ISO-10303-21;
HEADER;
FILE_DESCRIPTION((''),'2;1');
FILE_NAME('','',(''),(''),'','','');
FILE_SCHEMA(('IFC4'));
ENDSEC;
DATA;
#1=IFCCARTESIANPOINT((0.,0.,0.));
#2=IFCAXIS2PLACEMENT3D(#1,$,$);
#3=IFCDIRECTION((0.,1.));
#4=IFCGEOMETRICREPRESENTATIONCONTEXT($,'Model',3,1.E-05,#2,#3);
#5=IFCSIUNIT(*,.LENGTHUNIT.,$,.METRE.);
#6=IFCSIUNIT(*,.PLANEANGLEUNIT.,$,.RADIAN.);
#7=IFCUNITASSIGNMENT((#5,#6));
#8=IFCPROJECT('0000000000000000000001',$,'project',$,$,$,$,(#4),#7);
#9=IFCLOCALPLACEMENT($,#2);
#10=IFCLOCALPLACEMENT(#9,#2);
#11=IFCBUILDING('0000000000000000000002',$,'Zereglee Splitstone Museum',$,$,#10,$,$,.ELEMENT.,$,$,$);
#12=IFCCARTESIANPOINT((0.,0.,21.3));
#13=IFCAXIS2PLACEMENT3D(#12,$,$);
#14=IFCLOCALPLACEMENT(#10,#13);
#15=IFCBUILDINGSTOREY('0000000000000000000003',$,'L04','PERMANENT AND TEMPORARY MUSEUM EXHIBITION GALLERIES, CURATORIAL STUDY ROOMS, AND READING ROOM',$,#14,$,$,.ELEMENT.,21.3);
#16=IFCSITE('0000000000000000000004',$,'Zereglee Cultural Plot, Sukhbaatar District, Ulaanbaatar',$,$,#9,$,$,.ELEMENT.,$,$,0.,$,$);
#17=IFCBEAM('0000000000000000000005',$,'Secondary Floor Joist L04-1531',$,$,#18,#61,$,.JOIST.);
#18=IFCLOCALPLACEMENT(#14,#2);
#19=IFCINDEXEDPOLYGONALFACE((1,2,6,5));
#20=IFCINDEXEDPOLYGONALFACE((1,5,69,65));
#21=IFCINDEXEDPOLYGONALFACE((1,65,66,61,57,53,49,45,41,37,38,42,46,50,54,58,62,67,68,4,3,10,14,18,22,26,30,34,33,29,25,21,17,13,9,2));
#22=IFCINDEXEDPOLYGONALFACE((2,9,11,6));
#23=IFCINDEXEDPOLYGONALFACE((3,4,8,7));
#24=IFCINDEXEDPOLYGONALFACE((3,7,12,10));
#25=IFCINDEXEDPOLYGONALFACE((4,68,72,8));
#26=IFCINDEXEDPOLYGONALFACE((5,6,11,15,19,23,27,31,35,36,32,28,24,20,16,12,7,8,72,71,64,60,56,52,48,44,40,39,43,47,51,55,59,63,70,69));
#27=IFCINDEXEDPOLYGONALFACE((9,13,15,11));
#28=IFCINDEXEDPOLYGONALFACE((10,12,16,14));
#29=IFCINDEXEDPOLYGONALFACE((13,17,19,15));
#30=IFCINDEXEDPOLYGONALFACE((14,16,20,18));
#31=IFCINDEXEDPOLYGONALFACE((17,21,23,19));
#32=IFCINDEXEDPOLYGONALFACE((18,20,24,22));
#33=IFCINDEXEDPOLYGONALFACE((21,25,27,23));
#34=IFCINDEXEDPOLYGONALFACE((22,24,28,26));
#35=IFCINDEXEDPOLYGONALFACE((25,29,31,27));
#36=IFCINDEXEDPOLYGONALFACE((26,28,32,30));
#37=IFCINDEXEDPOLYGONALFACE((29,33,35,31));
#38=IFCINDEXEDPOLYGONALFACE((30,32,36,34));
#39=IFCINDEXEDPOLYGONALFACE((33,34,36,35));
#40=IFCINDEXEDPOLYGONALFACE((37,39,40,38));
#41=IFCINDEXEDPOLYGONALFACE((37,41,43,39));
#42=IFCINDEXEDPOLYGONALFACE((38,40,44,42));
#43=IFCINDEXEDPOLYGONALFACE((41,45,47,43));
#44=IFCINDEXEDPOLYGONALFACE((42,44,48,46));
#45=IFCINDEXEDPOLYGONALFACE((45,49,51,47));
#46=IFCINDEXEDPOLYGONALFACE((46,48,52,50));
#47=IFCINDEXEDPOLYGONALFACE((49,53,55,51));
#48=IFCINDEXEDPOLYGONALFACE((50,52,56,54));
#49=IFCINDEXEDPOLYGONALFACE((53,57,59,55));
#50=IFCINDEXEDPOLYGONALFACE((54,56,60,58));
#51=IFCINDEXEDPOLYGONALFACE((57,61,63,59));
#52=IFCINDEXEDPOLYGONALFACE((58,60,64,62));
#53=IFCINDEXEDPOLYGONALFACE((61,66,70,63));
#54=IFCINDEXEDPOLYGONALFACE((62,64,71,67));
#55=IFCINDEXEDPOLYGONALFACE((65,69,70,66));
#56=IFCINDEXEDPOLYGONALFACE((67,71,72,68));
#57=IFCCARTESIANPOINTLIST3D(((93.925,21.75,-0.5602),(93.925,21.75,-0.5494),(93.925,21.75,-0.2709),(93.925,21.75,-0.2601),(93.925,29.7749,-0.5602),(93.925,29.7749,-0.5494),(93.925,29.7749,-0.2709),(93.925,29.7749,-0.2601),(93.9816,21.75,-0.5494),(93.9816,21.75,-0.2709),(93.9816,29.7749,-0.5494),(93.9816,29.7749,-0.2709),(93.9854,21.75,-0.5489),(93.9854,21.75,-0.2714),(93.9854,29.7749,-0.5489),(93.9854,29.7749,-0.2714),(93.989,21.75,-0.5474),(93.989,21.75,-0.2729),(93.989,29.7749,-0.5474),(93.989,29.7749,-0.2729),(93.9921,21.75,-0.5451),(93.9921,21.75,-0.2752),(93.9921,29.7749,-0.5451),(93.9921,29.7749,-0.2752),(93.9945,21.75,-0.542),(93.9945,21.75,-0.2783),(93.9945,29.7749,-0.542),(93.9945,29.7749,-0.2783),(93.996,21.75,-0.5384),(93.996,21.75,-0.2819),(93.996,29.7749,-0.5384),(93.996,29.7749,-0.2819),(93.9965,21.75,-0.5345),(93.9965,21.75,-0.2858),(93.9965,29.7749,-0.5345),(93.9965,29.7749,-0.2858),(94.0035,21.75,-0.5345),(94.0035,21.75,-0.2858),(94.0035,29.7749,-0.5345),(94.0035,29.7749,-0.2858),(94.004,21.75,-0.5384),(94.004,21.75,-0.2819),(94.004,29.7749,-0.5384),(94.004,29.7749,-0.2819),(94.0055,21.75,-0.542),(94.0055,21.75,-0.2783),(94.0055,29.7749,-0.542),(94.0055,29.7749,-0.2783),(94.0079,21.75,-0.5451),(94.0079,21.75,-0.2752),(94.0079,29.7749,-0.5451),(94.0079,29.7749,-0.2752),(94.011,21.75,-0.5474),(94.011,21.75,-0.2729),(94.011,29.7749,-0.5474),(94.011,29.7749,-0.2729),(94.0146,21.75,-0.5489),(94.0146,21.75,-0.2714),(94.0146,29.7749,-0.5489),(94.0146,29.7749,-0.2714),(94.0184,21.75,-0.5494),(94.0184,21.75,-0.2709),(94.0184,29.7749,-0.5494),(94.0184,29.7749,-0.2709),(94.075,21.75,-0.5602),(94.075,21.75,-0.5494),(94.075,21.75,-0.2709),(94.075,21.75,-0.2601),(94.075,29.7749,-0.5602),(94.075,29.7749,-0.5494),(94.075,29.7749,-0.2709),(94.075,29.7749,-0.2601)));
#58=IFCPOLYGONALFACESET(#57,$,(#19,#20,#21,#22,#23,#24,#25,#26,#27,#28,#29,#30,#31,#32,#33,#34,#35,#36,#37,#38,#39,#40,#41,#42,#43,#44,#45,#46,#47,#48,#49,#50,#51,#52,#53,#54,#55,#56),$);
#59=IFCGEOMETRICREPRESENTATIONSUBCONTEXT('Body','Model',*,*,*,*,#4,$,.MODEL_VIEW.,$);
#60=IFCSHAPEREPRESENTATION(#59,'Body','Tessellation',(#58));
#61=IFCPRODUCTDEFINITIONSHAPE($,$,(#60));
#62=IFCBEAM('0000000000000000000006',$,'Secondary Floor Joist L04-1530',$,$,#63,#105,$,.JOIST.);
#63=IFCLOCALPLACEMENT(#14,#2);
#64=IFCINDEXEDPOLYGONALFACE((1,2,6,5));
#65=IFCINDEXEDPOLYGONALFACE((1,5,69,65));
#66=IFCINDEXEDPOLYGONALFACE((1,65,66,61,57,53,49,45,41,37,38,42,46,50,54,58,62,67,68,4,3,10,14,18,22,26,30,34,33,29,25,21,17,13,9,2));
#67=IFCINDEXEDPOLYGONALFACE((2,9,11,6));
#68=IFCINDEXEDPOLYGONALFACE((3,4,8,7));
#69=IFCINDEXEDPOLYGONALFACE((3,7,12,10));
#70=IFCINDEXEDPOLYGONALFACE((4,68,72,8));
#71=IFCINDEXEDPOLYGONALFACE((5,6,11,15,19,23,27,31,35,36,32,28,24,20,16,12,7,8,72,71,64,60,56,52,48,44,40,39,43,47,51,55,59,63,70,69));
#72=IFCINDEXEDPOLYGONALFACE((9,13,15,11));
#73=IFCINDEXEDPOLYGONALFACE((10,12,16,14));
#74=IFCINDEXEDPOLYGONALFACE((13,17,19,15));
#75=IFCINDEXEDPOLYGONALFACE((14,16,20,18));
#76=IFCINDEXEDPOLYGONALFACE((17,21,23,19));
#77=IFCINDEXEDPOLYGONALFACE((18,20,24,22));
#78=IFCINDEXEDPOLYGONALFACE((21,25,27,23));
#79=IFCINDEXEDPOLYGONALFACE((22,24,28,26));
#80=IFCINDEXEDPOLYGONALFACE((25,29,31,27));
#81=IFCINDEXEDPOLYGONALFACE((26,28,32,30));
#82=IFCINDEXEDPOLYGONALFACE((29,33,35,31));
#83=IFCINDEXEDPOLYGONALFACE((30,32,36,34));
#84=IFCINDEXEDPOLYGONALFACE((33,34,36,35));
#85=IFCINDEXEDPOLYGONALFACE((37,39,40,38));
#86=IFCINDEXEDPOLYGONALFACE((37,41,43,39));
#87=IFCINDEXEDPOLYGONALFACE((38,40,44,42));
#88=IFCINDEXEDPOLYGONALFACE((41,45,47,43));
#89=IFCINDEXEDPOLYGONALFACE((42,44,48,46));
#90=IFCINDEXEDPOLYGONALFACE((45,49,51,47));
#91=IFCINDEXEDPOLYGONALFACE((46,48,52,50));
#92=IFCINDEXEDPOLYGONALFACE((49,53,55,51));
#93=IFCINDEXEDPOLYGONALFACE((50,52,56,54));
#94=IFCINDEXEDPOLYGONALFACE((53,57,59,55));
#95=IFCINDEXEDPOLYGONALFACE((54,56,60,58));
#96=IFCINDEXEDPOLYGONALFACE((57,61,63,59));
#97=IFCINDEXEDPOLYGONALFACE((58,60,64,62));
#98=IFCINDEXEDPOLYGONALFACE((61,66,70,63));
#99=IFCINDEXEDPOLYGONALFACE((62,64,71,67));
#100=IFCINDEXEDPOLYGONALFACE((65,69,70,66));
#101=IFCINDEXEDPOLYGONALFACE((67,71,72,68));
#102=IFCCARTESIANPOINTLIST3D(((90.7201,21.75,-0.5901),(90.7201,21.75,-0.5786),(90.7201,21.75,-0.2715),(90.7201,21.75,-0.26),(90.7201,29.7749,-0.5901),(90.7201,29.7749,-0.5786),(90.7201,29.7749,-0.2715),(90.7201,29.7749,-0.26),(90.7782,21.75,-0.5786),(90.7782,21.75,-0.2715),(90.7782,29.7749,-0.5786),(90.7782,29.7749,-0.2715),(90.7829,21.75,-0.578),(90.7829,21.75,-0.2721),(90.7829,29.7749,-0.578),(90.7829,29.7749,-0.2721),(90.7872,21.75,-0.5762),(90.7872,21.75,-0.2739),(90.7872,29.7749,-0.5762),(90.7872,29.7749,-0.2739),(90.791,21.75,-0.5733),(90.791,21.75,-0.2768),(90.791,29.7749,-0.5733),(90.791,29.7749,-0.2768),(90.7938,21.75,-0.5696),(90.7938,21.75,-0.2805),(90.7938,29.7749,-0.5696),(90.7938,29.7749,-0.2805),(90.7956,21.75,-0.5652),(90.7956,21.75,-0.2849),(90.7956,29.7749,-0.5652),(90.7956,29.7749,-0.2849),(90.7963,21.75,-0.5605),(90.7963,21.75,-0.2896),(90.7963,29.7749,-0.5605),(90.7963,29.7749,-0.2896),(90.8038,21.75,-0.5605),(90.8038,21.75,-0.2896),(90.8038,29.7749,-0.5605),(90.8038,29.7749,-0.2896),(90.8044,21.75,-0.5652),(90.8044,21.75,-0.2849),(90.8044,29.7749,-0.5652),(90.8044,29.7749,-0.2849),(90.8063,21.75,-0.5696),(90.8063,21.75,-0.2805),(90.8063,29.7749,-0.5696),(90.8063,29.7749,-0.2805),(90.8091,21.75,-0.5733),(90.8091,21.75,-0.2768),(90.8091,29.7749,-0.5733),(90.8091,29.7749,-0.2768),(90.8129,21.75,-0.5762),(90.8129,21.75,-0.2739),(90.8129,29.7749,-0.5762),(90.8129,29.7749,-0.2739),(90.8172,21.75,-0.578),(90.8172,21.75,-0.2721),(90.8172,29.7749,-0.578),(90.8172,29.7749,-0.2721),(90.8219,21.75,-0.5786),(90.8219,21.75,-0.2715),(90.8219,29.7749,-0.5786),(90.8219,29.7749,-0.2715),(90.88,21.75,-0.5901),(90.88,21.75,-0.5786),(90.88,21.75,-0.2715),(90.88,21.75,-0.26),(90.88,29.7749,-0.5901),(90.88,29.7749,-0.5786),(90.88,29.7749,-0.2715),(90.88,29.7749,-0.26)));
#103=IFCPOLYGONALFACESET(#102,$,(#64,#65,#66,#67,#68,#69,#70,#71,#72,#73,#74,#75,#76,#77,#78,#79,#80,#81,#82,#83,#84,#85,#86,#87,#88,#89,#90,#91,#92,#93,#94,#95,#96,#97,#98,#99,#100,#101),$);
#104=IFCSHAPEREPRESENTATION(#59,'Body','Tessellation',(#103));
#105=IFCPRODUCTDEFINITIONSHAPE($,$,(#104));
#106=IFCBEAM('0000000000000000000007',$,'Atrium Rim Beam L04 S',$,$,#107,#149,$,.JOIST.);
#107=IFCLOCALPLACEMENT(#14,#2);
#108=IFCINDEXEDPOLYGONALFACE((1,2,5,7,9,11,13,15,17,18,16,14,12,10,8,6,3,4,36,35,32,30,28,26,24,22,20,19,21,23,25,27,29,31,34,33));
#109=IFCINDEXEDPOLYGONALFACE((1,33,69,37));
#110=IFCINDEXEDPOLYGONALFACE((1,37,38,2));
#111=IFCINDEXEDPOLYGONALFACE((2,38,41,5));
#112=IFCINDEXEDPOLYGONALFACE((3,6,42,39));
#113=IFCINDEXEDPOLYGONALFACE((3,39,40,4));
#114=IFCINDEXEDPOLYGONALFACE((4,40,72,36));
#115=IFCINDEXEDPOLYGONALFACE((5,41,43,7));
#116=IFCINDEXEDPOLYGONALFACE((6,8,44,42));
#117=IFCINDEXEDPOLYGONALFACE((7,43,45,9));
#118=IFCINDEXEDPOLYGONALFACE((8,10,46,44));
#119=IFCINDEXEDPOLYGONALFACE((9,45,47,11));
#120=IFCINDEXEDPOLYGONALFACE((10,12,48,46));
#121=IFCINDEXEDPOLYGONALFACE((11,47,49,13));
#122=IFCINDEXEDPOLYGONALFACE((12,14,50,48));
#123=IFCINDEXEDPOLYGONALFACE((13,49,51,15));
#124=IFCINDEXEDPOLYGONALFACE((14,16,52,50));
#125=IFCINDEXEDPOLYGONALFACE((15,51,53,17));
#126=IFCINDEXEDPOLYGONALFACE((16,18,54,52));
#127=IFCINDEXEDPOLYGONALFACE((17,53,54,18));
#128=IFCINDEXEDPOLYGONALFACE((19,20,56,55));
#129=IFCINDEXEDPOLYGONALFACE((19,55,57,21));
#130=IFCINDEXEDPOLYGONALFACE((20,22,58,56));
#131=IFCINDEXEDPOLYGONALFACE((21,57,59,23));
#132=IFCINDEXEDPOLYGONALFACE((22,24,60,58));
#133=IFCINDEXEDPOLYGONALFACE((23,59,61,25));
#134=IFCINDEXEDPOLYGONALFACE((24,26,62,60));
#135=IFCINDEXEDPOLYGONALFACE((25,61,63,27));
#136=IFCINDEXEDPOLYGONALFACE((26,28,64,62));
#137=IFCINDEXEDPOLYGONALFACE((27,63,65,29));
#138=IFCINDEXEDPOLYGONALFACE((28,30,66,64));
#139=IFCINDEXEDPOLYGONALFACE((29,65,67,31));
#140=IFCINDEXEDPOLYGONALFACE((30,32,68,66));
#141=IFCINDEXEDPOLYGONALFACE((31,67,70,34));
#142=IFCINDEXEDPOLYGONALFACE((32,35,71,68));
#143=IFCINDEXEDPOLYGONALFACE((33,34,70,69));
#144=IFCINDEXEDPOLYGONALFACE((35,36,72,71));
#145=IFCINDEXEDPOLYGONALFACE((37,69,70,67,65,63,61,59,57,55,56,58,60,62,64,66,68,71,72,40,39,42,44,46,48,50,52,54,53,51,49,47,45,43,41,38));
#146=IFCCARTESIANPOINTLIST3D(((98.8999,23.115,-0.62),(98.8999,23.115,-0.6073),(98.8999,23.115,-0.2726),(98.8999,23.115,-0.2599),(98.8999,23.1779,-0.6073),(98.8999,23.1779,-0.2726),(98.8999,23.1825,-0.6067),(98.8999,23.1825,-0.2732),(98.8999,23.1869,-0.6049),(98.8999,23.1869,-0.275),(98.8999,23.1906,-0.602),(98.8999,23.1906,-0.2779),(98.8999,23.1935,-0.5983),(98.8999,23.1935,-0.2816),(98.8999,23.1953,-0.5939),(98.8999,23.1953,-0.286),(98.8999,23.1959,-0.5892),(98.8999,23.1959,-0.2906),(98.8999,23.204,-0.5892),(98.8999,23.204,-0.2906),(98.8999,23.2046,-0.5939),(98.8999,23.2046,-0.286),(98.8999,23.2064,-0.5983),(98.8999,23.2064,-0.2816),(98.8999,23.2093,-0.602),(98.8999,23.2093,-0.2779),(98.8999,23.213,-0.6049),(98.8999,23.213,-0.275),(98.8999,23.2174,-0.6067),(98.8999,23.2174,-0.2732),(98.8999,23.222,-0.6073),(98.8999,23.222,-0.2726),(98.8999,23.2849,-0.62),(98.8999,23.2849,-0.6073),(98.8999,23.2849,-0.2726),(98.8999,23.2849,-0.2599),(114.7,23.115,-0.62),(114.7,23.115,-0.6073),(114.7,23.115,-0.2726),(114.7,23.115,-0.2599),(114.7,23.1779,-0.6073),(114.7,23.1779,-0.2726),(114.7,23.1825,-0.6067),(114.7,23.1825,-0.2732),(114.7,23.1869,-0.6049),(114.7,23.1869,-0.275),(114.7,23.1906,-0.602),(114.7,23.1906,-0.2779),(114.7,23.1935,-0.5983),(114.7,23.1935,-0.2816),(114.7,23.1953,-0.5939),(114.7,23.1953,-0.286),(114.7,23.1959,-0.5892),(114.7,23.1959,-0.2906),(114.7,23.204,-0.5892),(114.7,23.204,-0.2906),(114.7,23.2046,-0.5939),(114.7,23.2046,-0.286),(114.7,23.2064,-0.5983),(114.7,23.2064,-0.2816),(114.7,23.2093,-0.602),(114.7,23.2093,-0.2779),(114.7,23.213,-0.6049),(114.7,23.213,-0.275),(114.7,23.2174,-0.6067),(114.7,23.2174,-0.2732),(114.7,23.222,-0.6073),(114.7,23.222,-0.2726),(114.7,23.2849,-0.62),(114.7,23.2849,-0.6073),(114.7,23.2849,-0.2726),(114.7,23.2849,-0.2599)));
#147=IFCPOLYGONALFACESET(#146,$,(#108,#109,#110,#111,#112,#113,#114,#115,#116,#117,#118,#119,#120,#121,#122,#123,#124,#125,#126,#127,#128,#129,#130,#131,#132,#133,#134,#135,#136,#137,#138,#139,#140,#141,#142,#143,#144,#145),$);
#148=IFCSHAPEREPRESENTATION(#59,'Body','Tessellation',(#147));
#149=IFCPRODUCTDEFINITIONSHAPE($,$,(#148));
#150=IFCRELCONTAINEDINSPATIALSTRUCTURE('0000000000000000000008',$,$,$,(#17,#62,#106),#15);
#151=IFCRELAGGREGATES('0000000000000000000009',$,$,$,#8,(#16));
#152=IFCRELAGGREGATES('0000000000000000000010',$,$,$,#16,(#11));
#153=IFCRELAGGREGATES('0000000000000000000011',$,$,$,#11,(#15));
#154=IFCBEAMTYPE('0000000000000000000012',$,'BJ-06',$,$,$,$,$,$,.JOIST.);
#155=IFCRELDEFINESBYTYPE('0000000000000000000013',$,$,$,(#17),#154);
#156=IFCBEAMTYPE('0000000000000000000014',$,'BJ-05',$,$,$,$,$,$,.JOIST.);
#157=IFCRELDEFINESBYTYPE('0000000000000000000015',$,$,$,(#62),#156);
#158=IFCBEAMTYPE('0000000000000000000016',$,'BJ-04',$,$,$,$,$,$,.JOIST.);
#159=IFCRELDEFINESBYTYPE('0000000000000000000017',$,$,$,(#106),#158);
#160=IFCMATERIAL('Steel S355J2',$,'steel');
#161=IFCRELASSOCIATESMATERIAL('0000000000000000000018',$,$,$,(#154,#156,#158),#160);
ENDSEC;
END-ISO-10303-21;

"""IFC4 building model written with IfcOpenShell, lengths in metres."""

from ifc_helpers import new_model, si_unit, direction, frame, origin, origin_2d, place, context, subcontext, project, spatial, i_section, extrude, material, material_profile, profile_set, type_object, element, save


model = new_model("IFC4")

# Units and contexts
model_context = context("Model", 3, precision=1e-05, world=origin(), true_north=direction((0.0, 1.0)))
body_context = subcontext(model_context, "Body", "Model", "MODEL_VIEW")
ifc_project = project(units=[si_unit("LENGTHUNIT", "METRE"), si_unit("PLANEANGLEUNIT", "RADIAN")], contexts=[model_context])

# Site, building, storey
site_placement = place(None, origin())
site = spatial("IfcSite", under=ifc_project, at=site_placement, Name="Zereglee Cultural Plot, Sukhbaatar District, Ulaanbaatar", CompositionType="ELEMENT", RefElevation=0.0)
building_placement = place(site_placement, origin())
building = spatial("IfcBuilding", under=site, at=building_placement, Name="Zereglee Splitstone Museum", CompositionType="ELEMENT")
storey_placement = place(building_placement, frame((0.0, 0.0, 21.3)))
storey = spatial("IfcBuildingStorey", under=building, at=storey_placement, Name="L04", Description="PERMANENT AND TEMPORARY MUSEUM EXHIBITION GALLERIES, CURATORIAL STUDY ROOMS, AND READING ROOM", CompositionType="ELEMENT", Elevation=21.3)

# Shared definitions
ifc_material_1 = material(Name="Steel S355J2", Category="steel")

# Beams
ifc_material_profile_1 = material_profile(ifc_material_1, i_section(OverallWidth=0.1499, OverallDepth=0.3, WebThickness=0.0071, FlangeThickness=0.0107, FilletRadius=0.0149, at=origin_2d()), Name="IPE 300")
ifc_profile_set_1 = profile_set([ifc_material_profile_1], Name="Steel S355J2")
beam_type_1 = type_object("IfcBeamType", Name="BJ-06", PredefinedType="JOIST", material=ifc_profile_set_1)
beam_1_placement = place(storey_placement, frame((94.0, 21.75, -0.4102), z_axis=(0.0, 1.0, 0.0), x_axis=(-1.0, 0.0, 0.0)))
element("IfcBeam", 1, at=beam_1_placement, inside=storey, type_object=beam_type_1, Name="Secondary Floor Joist L04-1531", PredefinedType="JOIST", context=body_context, shape_type="SweptSolid", body=[
    extrude(i_section(OverallWidth=0.1499, OverallDepth=0.3, WebThickness=0.0071, FlangeThickness=0.0107, FilletRadius=0.0149, at=origin_2d()), origin(), (0.0, 0.0, 1.0), 8.0249),
])
ifc_material_profile_2 = material_profile(ifc_material_1, i_section(OverallWidth=0.1599, OverallDepth=0.3301, WebThickness=0.0076, FlangeThickness=0.0115, FilletRadius=0.0181, at=origin_2d()), Name="IPE 330")
ifc_profile_set_2 = profile_set([ifc_material_profile_2], Name="Steel S355J2")
beam_type_2 = type_object("IfcBeamType", Name="BJ-05", PredefinedType="JOIST", material=ifc_profile_set_2)
beam_2_placement = place(storey_placement, frame((90.8, 21.75, -0.425), z_axis=(0.0, 1.0, 0.0), x_axis=(-1.0, 0.0, 0.0)))
element("IfcBeam", 2, at=beam_2_placement, inside=storey, type_object=beam_type_2, Name="Secondary Floor Joist L04-1530", PredefinedType="JOIST", context=body_context, shape_type="SweptSolid", body=[
    extrude(i_section(OverallWidth=0.1599, OverallDepth=0.3301, WebThickness=0.0076, FlangeThickness=0.0115, FilletRadius=0.0181, at=origin_2d()), origin(), (0.0, 0.0, 1.0), 8.0249),
])
ifc_material_profile_3 = material_profile(ifc_material_1, i_section(OverallWidth=0.1699, OverallDepth=0.3601, WebThickness=0.0081, FlangeThickness=0.0127, FilletRadius=0.0181, at=origin_2d()), Name="IPE 360")
ifc_profile_set_3 = profile_set([ifc_material_profile_3], Name="Steel S355J2")
beam_type_3 = type_object("IfcBeamType", Name="BJ-04", PredefinedType="JOIST", material=ifc_profile_set_3)
beam_3_placement = place(storey_placement, frame((98.8999, 23.2, -0.4399), z_axis=(1.0, 0.0, 0.0), x_axis=(0.0, 1.0, 0.0)))
element("IfcBeam", 3, at=beam_3_placement, inside=storey, type_object=beam_type_3, Name="Atrium Rim Beam L04 S", PredefinedType="JOIST", context=body_context, shape_type="SweptSolid", body=[
    extrude(i_section(OverallWidth=0.1699, OverallDepth=0.3601, WebThickness=0.0081, FlangeThickness=0.0127, FilletRadius=0.0181, at=origin_2d()), origin(), (0.0, 0.0, 1.0), 15.8),
])

save(model, "model.ifc")
